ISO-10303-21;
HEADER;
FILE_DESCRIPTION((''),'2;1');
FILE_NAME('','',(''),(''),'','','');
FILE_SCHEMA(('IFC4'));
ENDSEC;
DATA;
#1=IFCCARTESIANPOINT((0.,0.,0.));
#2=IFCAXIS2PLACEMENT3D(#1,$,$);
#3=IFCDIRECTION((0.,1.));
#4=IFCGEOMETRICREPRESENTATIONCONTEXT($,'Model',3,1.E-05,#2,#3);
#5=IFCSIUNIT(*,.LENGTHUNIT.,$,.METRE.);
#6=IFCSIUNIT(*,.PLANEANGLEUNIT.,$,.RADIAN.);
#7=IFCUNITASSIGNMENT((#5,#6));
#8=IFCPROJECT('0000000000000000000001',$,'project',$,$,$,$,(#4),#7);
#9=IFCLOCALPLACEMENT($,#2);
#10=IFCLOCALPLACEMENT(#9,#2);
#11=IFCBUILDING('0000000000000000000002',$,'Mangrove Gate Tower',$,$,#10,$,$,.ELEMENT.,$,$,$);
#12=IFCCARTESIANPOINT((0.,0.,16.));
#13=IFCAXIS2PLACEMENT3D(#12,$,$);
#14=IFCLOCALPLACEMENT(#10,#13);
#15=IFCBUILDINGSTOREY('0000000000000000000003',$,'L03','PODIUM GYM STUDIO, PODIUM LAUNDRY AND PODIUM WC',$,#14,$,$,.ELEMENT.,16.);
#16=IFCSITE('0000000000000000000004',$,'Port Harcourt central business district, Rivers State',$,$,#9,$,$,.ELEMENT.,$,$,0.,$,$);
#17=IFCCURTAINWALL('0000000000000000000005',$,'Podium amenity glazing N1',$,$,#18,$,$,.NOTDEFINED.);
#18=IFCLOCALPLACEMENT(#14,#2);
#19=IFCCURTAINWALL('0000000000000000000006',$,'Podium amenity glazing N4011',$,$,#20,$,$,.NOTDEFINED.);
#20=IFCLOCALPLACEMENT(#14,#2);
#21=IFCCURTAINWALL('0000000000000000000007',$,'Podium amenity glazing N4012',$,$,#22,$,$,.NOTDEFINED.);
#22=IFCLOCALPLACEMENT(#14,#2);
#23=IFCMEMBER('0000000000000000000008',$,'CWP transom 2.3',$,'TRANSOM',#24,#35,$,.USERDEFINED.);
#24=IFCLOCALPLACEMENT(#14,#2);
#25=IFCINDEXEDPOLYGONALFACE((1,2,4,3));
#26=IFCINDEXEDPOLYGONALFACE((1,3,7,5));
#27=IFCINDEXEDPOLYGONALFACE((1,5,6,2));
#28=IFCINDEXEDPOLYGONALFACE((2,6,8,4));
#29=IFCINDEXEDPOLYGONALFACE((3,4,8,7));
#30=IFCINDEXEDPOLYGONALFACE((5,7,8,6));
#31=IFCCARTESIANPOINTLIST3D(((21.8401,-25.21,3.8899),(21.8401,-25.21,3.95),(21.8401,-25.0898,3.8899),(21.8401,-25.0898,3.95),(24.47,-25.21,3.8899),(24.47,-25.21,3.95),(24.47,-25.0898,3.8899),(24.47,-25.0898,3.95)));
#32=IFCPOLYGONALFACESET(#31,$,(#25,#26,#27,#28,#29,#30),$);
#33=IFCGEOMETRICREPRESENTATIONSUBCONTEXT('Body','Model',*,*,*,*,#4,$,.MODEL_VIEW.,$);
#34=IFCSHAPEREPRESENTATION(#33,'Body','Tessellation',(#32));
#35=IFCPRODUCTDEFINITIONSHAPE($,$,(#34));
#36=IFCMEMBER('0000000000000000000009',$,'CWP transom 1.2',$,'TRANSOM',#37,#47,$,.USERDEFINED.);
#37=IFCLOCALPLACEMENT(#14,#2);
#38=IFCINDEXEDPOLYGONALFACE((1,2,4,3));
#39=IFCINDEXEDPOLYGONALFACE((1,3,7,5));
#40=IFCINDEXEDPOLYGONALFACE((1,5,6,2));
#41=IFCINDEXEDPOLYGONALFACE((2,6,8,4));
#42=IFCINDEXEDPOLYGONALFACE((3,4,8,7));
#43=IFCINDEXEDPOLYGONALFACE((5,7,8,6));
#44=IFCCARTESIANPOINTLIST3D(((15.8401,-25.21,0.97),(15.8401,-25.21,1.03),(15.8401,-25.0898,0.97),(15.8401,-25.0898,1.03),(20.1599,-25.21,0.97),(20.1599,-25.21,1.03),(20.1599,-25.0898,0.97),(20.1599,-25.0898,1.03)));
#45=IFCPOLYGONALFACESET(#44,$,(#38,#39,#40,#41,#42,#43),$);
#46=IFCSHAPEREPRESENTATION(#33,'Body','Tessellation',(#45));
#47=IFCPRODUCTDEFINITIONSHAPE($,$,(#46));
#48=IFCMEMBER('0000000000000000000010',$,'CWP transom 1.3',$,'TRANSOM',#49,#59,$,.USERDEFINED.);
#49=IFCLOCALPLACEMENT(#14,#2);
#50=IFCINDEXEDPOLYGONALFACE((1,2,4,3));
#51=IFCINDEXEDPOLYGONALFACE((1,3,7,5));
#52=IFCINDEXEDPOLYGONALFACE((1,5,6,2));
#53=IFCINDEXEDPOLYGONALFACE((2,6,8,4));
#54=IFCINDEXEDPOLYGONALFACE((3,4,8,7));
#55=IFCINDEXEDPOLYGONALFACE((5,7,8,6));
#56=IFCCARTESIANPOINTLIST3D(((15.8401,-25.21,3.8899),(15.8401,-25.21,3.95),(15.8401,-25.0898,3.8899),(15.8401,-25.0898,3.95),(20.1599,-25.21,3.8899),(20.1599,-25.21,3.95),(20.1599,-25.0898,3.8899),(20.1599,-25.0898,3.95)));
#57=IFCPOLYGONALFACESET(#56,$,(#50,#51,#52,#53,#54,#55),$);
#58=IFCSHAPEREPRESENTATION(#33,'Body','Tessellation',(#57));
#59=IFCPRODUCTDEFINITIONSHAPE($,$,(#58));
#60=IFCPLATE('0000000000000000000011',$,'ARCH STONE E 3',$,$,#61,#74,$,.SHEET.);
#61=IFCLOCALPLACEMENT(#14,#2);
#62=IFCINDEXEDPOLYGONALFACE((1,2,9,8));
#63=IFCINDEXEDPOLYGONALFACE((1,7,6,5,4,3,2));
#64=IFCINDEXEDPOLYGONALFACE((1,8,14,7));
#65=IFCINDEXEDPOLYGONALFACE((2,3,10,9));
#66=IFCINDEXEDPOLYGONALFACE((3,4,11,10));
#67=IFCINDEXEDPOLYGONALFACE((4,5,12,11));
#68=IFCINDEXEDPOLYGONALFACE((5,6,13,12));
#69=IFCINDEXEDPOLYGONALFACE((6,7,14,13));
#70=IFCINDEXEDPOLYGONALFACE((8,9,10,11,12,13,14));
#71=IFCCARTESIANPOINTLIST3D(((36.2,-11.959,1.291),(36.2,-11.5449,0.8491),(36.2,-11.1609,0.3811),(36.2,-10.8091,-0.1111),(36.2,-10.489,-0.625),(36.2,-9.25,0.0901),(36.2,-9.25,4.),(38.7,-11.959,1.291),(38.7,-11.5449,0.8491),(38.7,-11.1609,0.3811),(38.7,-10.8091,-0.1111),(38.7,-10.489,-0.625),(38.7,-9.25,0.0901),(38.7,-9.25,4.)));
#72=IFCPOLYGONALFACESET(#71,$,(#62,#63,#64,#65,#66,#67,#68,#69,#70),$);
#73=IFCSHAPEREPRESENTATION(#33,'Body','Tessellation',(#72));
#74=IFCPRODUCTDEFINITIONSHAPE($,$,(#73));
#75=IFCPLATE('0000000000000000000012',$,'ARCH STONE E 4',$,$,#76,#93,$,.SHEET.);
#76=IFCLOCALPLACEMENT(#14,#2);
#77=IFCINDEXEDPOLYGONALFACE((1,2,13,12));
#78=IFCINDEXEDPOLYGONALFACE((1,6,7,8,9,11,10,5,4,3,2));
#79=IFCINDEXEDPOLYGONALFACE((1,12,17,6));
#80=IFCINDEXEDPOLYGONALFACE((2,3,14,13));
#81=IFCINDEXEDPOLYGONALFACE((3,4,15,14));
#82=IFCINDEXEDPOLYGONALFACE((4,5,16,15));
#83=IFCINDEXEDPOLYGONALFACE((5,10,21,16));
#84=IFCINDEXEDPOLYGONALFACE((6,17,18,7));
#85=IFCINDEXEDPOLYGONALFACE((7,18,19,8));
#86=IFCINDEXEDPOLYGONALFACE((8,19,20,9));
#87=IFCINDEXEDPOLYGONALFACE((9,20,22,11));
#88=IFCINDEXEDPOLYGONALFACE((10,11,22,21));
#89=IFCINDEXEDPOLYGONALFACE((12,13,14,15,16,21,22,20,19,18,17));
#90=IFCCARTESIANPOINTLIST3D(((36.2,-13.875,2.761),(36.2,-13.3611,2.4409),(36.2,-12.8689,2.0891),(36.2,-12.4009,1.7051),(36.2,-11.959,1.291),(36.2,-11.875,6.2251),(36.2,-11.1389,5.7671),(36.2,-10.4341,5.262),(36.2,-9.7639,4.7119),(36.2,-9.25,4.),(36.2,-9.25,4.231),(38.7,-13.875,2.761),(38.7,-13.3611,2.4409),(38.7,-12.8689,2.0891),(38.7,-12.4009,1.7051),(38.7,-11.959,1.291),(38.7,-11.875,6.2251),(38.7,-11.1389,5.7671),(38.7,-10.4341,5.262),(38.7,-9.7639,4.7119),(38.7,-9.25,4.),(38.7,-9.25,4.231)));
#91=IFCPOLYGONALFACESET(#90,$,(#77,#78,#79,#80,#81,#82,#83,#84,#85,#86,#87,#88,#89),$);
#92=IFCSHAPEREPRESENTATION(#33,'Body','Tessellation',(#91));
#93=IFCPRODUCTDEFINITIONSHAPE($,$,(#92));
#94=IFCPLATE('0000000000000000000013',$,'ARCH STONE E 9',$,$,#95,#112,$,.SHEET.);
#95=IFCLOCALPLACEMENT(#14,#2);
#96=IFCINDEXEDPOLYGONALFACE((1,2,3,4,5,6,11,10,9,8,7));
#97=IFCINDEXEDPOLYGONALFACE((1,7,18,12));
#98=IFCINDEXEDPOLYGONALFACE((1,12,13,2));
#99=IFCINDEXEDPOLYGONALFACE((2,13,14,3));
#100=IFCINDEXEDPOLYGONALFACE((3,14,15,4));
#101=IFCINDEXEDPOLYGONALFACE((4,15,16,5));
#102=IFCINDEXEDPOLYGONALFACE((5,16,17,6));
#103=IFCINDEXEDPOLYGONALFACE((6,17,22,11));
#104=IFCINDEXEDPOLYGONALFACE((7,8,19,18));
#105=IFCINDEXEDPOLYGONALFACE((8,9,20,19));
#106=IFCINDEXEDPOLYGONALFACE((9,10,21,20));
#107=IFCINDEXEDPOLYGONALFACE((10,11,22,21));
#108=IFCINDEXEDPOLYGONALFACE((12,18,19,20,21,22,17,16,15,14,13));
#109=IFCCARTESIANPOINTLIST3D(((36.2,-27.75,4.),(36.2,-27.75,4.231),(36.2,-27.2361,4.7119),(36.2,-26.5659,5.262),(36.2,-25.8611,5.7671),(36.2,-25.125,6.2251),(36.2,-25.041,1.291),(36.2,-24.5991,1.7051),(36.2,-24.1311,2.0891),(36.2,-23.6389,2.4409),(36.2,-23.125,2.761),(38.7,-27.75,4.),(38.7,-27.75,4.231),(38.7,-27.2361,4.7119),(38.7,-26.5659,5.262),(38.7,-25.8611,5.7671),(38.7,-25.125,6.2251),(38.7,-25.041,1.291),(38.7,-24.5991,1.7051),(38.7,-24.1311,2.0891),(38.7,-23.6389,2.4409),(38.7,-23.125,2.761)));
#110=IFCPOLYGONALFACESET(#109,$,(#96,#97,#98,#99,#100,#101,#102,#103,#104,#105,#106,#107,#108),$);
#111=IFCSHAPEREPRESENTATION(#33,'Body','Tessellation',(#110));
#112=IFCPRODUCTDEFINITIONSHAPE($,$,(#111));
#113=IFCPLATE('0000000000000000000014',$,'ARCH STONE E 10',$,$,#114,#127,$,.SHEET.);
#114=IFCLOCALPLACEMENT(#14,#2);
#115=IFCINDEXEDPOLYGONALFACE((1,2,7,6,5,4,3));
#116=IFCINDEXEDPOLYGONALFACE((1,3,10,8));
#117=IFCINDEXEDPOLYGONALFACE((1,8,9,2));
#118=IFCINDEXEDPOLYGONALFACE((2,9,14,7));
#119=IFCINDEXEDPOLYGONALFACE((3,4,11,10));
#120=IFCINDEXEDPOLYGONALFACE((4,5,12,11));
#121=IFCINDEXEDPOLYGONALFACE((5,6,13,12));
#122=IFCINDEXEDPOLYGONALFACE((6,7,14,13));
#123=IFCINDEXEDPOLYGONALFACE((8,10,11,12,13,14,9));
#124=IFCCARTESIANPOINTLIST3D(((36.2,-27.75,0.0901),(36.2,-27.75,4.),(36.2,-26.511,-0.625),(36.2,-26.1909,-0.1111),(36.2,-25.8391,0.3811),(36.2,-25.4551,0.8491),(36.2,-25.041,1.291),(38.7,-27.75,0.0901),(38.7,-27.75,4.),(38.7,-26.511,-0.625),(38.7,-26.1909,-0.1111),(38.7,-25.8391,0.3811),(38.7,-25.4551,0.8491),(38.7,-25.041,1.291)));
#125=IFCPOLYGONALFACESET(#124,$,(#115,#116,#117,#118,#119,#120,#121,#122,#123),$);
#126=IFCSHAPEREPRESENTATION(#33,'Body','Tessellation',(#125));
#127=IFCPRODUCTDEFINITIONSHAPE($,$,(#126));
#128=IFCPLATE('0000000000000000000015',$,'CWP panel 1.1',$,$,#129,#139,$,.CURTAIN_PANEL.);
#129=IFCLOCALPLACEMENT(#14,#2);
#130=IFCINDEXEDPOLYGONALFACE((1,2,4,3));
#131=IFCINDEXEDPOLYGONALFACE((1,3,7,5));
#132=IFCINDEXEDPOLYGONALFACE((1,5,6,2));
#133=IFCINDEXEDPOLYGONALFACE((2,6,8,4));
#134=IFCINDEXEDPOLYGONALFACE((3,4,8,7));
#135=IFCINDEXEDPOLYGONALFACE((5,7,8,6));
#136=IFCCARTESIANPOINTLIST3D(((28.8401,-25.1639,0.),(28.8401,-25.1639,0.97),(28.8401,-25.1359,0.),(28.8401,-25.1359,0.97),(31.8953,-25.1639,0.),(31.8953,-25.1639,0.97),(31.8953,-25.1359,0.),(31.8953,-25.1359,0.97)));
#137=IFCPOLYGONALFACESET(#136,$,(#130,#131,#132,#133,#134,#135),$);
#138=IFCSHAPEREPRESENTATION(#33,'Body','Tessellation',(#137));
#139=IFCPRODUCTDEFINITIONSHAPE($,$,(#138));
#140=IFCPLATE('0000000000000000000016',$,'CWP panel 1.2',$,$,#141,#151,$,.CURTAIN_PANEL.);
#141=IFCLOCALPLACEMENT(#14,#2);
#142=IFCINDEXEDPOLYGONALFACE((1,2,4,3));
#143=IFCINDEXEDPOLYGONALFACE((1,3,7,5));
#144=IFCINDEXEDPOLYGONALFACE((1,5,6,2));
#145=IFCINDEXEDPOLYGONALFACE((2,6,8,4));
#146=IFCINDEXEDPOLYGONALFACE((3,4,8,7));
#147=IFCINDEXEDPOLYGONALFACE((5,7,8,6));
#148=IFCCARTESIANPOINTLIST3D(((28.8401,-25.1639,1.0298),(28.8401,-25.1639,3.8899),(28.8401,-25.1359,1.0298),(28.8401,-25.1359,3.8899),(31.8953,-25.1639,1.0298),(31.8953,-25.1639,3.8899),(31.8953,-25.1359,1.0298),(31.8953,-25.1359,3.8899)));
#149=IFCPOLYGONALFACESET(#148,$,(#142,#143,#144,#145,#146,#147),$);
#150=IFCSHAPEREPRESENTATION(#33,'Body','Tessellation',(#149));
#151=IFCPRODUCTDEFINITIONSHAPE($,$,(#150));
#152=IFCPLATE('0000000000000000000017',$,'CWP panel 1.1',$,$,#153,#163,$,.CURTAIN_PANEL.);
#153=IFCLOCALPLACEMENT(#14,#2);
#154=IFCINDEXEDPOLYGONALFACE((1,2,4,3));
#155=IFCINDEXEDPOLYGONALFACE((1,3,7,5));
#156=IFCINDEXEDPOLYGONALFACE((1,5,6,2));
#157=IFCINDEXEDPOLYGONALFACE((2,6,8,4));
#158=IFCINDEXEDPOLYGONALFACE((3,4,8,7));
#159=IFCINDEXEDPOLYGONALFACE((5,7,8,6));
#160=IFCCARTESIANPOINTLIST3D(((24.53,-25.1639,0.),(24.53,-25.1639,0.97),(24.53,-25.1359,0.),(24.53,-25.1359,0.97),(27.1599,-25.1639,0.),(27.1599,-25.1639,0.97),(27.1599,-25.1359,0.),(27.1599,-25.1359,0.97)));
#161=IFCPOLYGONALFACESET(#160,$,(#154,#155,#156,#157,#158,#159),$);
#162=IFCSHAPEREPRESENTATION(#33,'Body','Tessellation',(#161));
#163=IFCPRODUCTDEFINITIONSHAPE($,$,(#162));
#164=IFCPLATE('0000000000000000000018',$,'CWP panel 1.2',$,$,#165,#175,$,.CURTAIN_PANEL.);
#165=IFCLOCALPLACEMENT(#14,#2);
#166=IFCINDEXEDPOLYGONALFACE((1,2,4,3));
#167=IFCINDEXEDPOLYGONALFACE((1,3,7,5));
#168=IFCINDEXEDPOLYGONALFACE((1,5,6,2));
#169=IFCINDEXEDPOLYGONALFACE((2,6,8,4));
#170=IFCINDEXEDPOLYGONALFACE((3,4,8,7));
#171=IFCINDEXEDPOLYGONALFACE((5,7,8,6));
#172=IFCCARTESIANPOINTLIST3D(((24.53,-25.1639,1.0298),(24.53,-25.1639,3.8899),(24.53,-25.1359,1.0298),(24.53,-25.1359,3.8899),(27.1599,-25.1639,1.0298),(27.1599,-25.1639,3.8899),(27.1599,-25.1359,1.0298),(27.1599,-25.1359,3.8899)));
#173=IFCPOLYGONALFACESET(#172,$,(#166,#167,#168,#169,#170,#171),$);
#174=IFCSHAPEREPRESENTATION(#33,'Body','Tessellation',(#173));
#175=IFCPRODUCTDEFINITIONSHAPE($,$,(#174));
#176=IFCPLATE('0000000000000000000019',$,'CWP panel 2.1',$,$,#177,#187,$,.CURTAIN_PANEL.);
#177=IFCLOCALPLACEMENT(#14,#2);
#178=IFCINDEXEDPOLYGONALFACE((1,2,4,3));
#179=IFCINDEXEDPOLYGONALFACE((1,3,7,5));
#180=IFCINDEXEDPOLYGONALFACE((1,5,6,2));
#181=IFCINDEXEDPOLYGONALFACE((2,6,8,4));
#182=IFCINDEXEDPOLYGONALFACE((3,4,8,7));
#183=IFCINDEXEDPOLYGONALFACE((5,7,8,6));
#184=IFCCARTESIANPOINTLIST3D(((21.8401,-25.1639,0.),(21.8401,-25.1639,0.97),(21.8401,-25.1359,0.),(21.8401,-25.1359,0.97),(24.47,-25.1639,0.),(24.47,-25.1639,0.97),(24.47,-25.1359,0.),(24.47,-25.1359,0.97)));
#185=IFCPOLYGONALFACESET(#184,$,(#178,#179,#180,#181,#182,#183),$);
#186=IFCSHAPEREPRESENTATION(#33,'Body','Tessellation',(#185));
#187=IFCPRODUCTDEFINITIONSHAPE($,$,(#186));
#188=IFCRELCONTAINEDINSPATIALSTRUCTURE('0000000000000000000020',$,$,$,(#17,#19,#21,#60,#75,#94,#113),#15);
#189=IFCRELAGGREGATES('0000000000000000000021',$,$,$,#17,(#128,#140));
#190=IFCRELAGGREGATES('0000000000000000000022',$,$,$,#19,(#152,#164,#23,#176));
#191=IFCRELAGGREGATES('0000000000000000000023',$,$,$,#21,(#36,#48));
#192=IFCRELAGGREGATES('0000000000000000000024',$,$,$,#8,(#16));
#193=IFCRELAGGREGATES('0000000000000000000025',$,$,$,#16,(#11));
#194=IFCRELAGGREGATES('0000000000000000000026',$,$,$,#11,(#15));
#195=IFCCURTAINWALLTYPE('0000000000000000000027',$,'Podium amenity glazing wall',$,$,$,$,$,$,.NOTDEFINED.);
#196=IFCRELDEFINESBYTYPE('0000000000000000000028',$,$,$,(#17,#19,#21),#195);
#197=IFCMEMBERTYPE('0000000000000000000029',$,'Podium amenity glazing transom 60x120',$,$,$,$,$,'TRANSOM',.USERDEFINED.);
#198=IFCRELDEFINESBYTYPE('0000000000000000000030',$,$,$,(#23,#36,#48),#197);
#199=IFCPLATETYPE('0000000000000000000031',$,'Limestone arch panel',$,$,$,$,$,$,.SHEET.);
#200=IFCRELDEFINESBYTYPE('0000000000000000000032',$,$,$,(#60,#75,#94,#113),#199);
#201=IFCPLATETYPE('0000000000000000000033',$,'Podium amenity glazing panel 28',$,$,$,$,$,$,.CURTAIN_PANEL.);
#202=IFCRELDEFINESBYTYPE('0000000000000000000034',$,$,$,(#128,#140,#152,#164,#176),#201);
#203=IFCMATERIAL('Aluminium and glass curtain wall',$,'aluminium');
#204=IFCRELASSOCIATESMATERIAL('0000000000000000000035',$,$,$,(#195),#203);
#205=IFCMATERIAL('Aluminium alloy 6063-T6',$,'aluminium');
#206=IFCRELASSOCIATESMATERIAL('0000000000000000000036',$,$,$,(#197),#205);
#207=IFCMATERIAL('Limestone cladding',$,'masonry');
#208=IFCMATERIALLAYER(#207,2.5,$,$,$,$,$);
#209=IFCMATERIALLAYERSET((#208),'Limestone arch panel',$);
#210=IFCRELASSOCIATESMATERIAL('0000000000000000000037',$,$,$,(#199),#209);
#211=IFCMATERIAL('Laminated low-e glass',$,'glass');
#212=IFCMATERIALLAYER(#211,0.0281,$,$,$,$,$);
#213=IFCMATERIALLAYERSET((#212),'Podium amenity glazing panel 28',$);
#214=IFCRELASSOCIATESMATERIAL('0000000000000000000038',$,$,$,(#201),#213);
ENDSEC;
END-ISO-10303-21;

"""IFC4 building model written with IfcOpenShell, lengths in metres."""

from ifc_helpers import new_model, si_unit, direction, frame, origin, origin_2d, place, context, subcontext, project, spatial, polyline, rectangle, outline, extrude, material, layer, layer_set, material_profile, profile_set, type_object, element, aggregate, save


model = new_model("IFC4")

# Units and contexts
model_context = context("Model", 3, precision=1e-05, world=origin(), true_north=direction((0.0, 1.0)))
body_context = subcontext(model_context, "Body", "Model", "MODEL_VIEW")
ifc_project = project(units=[si_unit("LENGTHUNIT", "METRE"), si_unit("PLANEANGLEUNIT", "RADIAN")], contexts=[model_context])

# Site, building, storey
site_placement = place(None, origin())
site = spatial("IfcSite", under=ifc_project, at=site_placement, Name="Port Harcourt central business district, Rivers State", CompositionType="ELEMENT", RefElevation=0.0)
building_placement = place(site_placement, origin())
building = spatial("IfcBuilding", under=site, at=building_placement, Name="Mangrove Gate Tower", CompositionType="ELEMENT")
storey_placement = place(building_placement, frame((0.0, 0.0, 16.0)))
storey = spatial("IfcBuildingStorey", under=building, at=storey_placement, Name="L03", Description="PODIUM GYM STUDIO, PODIUM LAUNDRY AND PODIUM WC", CompositionType="ELEMENT", Elevation=16.0)

# Curtain walls
ifc_material_1 = material(Name="Aluminium and glass curtain wall", Category="aluminium")
curtain_wall_type = type_object("IfcCurtainWallType", Name="Podium amenity glazing wall", PredefinedType="NOTDEFINED", material=ifc_material_1)
curtain_wall_1_placement = place(storey_placement, origin())
curtain_wall_1 = element("IfcCurtainWall", 1, at=curtain_wall_1_placement, inside=storey, type_object=curtain_wall_type, Name="Podium amenity glazing N1", PredefinedType="NOTDEFINED")
curtain_wall_2_placement = place(storey_placement, origin())
curtain_wall_2 = element("IfcCurtainWall", 2, at=curtain_wall_2_placement, inside=storey, type_object=curtain_wall_type, Name="Podium amenity glazing N4011", PredefinedType="NOTDEFINED")

# Curtain wall
curtain_wall_3_placement = place(storey_placement, origin())
curtain_wall_3 = element("IfcCurtainWall", 3, at=curtain_wall_3_placement, inside=storey, type_object=curtain_wall_type, Name="Podium amenity glazing N4012", PredefinedType="NOTDEFINED")

# Members
ifc_material_2 = material(Name="Aluminium alloy 6063-T6", Category="aluminium")
ifc_material_profile_1 = material_profile(ifc_material_2, rectangle(XDim=0.0601, YDim=0.1201, at=origin_2d()))
ifc_profile_set_1 = profile_set([ifc_material_profile_1], Name="Aluminium alloy 6063-T6")
member_type_1 = type_object("IfcMemberType", Name="Podium amenity glazing transom 60x120", ElementType="TRANSOM", PredefinedType="USERDEFINED", material=ifc_profile_set_1)
member_1_placement = place(storey_placement, frame((24.47, -25.1499, 3.9199), z_axis=(-1.0, 0.0, 0.0), x_axis=(0.0, 0.0, 1.0)))
member_1 = element("IfcMember", 4, at=member_1_placement, type_object=member_type_1, Name="CWP transom 2.3", ObjectType="TRANSOM", PredefinedType="USERDEFINED", context=body_context, shape_type="SweptSolid", body=[
    extrude(rectangle(XDim=0.0601, YDim=0.1201, at=origin_2d()), origin(), (0.0, 0.0, 1.0), 2.6299),
])
member_2_placement = place(storey_placement, frame((20.1599, -25.1499, 1.0), z_axis=(-1.0, 0.0, 0.0), x_axis=(0.0, 0.0, 1.0)))
member_2 = element("IfcMember", 5, at=member_2_placement, type_object=member_type_1, Name="CWP transom 1.2", ObjectType="TRANSOM", PredefinedType="USERDEFINED", context=body_context, shape_type="SweptSolid", body=[
    extrude(rectangle(XDim=0.0601, YDim=0.1201, at=origin_2d()), origin(), (0.0, 0.0, 1.0), 4.3198),
])
member_3_placement = place(storey_placement, frame((20.1599, -25.1499, 3.9199), z_axis=(-1.0, 0.0, 0.0), x_axis=(0.0, 0.0, 1.0)))
member_3 = element("IfcMember", 6, at=member_3_placement, type_object=member_type_1, Name="CWP transom 1.3", ObjectType="TRANSOM", PredefinedType="USERDEFINED", context=body_context, shape_type="SweptSolid", body=[
    extrude(rectangle(XDim=0.0601, YDim=0.1201, at=origin_2d()), origin(), (0.0, 0.0, 1.0), 4.3198),
])

# Plates
ifc_material_3 = material(Name="Limestone cladding", Category="masonry")
ifc_layer_1 = layer(ifc_material_3, 2.5)
ifc_layer_set_1 = layer_set([ifc_layer_1], Name="Limestone arch panel")
plate_type_1 = type_object("IfcPlateType", Name="Limestone arch panel", PredefinedType="SHEET", material=ifc_layer_set_1)
plate_1_placement = place(storey_placement, frame((38.7, -10.489, -0.625), z_axis=(1.0, 0.0, 0.0), x_axis=(0.0, 0.866103, 0.499865)))
element("IfcPlate", 7, at=plate_1_placement, inside=storey, type_object=plate_type_1, Name="ARCH STONE E 3", PredefinedType="SHEET", context=body_context, shape_type="SweptSolid", body=[
    extrude(outline(polyline([(0.0, 0.0), (1.4306, 0.0), (3.385, 3.3864), (-0.3154, 2.3943), (-0.1777, 1.8046), (-0.079, 1.2072), (-0.0203, 0.6051), (0.0, 0.0)])), origin(), (0.0, 0.0, -1.0), 2.5),
])
plate_2_placement = place(storey_placement, frame((38.7, -11.959, 1.291), z_axis=(1.0, 0.0, 0.0), x_axis=(0.0, 0.707107, 0.707107)))
element("IfcPlate", 8, at=plate_2_placement, inside=storey, type_object=plate_type_1, Name="ARCH STONE E 4", PredefinedType="SHEET", context=body_context, shape_type="SweptSolid", body=[
    extrude(outline(polyline([(0.0, 0.0), (3.8311, 0.0), (3.9944, 0.1633), (3.9711, 0.8668), (3.8862, 1.7296), (3.7449, 2.5852), (3.5483, 3.4295), (-0.3154, 2.3943), (-0.1783, 1.8045), (-0.0791, 1.2077), (-0.0197, 0.6053), (0.0, 0.0)])), origin(), (0.0, 0.0, -1.0), 2.5),
])
plate_3_placement = place(storey_placement, frame((38.7, -23.125, 2.761), z_axis=(1.0, 0.0, 0.0), x_axis=(0.0, -0.499999, 0.866026)))
element("IfcPlate", 9, at=plate_3_placement, inside=storey, type_object=plate_type_1, Name="ARCH STONE E 9", PredefinedType="SHEET", context=body_context, shape_type="SweptSolid", body=[
    extrude(outline(polyline([(0.0, 0.0), (4.0, 0.0), (3.9714, 0.8665), (3.8864, 1.7294), (3.7451, 2.5848), (3.5855, 3.2704), (3.3855, 3.3859), (-0.315, 2.3943), (-0.1774, 1.8046), (-0.0788, 1.2072), (-0.0202, 0.6051), (0.0, 0.0)])), origin(), (0.0, 0.0, -1.0), 2.5),
])
plate_4_placement = place(storey_placement, frame((38.7, -25.041, 1.291), z_axis=(1.0, 0.0, 0.0), x_axis=(0.0, -0.707107, 0.707107)))
element("IfcPlate", 10, at=plate_4_placement, inside=storey, type_object=plate_type_1, Name="ARCH STONE E 10", PredefinedType="SHEET", context=body_context, shape_type="SweptSolid", body=[
    extrude(outline(polyline([(0.0, 0.0), (3.8311, 0.0), (1.0664, 2.7647), (-0.3154, 2.3943), (-0.1783, 1.8045), (-0.0791, 1.2077), (-0.0197, 0.6053), (0.0, 0.0)])), origin(), (0.0, 0.0, -1.0), 2.5),
])

# Plates
ifc_material_4 = material(Name="Laminated low-e glass", Category="glass")
ifc_layer_2 = layer(ifc_material_4, 0.0281)
ifc_layer_set_2 = layer_set([ifc_layer_2], Name="Podium amenity glazing panel 28")
plate_type_2 = type_object("IfcPlateType", Name="Podium amenity glazing panel 28", PredefinedType="CURTAIN_PANEL", material=ifc_layer_set_2)
plate_5_placement = place(storey_placement, frame((30.3677, -25.1499, 0.0), z_axis=(0.0, 0.0, 1.0), x_axis=(-1.0, 0.0, 0.0)))
plate_5 = element("IfcPlate", 11, at=plate_5_placement, type_object=plate_type_2, Name="CWP panel 1.1", PredefinedType="CURTAIN_PANEL", context=body_context, shape_type="SweptSolid", body=[
    extrude(rectangle(XDim=3.0552, YDim=0.0281, at=origin_2d()), origin(), (0.0, 0.0, 1.0), 0.97),
])
plate_6_placement = place(storey_placement, frame((30.3677, -25.1499, 1.0298), z_axis=(0.0, 0.0, 1.0), x_axis=(-1.0, 0.0, 0.0)))
plate_6 = element("IfcPlate", 12, at=plate_6_placement, type_object=plate_type_2, Name="CWP panel 1.2", PredefinedType="CURTAIN_PANEL", context=body_context, shape_type="SweptSolid", body=[
    extrude(rectangle(XDim=3.0552, YDim=0.0281, at=origin_2d()), origin(), (0.0, 0.0, 1.0), 2.8601),
])
aggregate(curtain_wall_1, [plate_5, plate_6])
plate_7_placement = place(storey_placement, frame((25.845, -25.1499, 0.0), z_axis=(0.0, 0.0, 1.0), x_axis=(-1.0, 0.0, 0.0)))
plate_7 = element("IfcPlate", 13, at=plate_7_placement, type_object=plate_type_2, Name="CWP panel 1.1", PredefinedType="CURTAIN_PANEL", context=body_context, shape_type="SweptSolid", body=[
    extrude(rectangle(XDim=2.6299, YDim=0.0281, at=origin_2d()), origin(), (0.0, 0.0, 1.0), 0.97),
])
plate_8_placement = place(storey_placement, frame((25.845, -25.1499, 1.0298), z_axis=(0.0, 0.0, 1.0), x_axis=(-1.0, 0.0, 0.0)))
plate_8 = element("IfcPlate", 14, at=plate_8_placement, type_object=plate_type_2, Name="CWP panel 1.2", PredefinedType="CURTAIN_PANEL", context=body_context, shape_type="SweptSolid", body=[
    extrude(rectangle(XDim=2.6299, YDim=0.0281, at=origin_2d()), origin(), (0.0, 0.0, 1.0), 2.8601),
])
plate_9_placement = place(storey_placement, frame((23.155, -25.1499, 0.0), z_axis=(0.0, 0.0, 1.0), x_axis=(-1.0, 0.0, 0.0)))
plate_9 = element("IfcPlate", 15, at=plate_9_placement, type_object=plate_type_2, Name="CWP panel 2.1", PredefinedType="CURTAIN_PANEL", context=body_context, shape_type="SweptSolid", body=[
    extrude(rectangle(XDim=2.6299, YDim=0.0281, at=origin_2d()), origin(), (0.0, 0.0, 1.0), 0.97),
])
aggregate(curtain_wall_2, [plate_7, plate_8, member_1, plate_9])
aggregate(curtain_wall_3, [member_2, member_3])

save(model, "model.ifc")
